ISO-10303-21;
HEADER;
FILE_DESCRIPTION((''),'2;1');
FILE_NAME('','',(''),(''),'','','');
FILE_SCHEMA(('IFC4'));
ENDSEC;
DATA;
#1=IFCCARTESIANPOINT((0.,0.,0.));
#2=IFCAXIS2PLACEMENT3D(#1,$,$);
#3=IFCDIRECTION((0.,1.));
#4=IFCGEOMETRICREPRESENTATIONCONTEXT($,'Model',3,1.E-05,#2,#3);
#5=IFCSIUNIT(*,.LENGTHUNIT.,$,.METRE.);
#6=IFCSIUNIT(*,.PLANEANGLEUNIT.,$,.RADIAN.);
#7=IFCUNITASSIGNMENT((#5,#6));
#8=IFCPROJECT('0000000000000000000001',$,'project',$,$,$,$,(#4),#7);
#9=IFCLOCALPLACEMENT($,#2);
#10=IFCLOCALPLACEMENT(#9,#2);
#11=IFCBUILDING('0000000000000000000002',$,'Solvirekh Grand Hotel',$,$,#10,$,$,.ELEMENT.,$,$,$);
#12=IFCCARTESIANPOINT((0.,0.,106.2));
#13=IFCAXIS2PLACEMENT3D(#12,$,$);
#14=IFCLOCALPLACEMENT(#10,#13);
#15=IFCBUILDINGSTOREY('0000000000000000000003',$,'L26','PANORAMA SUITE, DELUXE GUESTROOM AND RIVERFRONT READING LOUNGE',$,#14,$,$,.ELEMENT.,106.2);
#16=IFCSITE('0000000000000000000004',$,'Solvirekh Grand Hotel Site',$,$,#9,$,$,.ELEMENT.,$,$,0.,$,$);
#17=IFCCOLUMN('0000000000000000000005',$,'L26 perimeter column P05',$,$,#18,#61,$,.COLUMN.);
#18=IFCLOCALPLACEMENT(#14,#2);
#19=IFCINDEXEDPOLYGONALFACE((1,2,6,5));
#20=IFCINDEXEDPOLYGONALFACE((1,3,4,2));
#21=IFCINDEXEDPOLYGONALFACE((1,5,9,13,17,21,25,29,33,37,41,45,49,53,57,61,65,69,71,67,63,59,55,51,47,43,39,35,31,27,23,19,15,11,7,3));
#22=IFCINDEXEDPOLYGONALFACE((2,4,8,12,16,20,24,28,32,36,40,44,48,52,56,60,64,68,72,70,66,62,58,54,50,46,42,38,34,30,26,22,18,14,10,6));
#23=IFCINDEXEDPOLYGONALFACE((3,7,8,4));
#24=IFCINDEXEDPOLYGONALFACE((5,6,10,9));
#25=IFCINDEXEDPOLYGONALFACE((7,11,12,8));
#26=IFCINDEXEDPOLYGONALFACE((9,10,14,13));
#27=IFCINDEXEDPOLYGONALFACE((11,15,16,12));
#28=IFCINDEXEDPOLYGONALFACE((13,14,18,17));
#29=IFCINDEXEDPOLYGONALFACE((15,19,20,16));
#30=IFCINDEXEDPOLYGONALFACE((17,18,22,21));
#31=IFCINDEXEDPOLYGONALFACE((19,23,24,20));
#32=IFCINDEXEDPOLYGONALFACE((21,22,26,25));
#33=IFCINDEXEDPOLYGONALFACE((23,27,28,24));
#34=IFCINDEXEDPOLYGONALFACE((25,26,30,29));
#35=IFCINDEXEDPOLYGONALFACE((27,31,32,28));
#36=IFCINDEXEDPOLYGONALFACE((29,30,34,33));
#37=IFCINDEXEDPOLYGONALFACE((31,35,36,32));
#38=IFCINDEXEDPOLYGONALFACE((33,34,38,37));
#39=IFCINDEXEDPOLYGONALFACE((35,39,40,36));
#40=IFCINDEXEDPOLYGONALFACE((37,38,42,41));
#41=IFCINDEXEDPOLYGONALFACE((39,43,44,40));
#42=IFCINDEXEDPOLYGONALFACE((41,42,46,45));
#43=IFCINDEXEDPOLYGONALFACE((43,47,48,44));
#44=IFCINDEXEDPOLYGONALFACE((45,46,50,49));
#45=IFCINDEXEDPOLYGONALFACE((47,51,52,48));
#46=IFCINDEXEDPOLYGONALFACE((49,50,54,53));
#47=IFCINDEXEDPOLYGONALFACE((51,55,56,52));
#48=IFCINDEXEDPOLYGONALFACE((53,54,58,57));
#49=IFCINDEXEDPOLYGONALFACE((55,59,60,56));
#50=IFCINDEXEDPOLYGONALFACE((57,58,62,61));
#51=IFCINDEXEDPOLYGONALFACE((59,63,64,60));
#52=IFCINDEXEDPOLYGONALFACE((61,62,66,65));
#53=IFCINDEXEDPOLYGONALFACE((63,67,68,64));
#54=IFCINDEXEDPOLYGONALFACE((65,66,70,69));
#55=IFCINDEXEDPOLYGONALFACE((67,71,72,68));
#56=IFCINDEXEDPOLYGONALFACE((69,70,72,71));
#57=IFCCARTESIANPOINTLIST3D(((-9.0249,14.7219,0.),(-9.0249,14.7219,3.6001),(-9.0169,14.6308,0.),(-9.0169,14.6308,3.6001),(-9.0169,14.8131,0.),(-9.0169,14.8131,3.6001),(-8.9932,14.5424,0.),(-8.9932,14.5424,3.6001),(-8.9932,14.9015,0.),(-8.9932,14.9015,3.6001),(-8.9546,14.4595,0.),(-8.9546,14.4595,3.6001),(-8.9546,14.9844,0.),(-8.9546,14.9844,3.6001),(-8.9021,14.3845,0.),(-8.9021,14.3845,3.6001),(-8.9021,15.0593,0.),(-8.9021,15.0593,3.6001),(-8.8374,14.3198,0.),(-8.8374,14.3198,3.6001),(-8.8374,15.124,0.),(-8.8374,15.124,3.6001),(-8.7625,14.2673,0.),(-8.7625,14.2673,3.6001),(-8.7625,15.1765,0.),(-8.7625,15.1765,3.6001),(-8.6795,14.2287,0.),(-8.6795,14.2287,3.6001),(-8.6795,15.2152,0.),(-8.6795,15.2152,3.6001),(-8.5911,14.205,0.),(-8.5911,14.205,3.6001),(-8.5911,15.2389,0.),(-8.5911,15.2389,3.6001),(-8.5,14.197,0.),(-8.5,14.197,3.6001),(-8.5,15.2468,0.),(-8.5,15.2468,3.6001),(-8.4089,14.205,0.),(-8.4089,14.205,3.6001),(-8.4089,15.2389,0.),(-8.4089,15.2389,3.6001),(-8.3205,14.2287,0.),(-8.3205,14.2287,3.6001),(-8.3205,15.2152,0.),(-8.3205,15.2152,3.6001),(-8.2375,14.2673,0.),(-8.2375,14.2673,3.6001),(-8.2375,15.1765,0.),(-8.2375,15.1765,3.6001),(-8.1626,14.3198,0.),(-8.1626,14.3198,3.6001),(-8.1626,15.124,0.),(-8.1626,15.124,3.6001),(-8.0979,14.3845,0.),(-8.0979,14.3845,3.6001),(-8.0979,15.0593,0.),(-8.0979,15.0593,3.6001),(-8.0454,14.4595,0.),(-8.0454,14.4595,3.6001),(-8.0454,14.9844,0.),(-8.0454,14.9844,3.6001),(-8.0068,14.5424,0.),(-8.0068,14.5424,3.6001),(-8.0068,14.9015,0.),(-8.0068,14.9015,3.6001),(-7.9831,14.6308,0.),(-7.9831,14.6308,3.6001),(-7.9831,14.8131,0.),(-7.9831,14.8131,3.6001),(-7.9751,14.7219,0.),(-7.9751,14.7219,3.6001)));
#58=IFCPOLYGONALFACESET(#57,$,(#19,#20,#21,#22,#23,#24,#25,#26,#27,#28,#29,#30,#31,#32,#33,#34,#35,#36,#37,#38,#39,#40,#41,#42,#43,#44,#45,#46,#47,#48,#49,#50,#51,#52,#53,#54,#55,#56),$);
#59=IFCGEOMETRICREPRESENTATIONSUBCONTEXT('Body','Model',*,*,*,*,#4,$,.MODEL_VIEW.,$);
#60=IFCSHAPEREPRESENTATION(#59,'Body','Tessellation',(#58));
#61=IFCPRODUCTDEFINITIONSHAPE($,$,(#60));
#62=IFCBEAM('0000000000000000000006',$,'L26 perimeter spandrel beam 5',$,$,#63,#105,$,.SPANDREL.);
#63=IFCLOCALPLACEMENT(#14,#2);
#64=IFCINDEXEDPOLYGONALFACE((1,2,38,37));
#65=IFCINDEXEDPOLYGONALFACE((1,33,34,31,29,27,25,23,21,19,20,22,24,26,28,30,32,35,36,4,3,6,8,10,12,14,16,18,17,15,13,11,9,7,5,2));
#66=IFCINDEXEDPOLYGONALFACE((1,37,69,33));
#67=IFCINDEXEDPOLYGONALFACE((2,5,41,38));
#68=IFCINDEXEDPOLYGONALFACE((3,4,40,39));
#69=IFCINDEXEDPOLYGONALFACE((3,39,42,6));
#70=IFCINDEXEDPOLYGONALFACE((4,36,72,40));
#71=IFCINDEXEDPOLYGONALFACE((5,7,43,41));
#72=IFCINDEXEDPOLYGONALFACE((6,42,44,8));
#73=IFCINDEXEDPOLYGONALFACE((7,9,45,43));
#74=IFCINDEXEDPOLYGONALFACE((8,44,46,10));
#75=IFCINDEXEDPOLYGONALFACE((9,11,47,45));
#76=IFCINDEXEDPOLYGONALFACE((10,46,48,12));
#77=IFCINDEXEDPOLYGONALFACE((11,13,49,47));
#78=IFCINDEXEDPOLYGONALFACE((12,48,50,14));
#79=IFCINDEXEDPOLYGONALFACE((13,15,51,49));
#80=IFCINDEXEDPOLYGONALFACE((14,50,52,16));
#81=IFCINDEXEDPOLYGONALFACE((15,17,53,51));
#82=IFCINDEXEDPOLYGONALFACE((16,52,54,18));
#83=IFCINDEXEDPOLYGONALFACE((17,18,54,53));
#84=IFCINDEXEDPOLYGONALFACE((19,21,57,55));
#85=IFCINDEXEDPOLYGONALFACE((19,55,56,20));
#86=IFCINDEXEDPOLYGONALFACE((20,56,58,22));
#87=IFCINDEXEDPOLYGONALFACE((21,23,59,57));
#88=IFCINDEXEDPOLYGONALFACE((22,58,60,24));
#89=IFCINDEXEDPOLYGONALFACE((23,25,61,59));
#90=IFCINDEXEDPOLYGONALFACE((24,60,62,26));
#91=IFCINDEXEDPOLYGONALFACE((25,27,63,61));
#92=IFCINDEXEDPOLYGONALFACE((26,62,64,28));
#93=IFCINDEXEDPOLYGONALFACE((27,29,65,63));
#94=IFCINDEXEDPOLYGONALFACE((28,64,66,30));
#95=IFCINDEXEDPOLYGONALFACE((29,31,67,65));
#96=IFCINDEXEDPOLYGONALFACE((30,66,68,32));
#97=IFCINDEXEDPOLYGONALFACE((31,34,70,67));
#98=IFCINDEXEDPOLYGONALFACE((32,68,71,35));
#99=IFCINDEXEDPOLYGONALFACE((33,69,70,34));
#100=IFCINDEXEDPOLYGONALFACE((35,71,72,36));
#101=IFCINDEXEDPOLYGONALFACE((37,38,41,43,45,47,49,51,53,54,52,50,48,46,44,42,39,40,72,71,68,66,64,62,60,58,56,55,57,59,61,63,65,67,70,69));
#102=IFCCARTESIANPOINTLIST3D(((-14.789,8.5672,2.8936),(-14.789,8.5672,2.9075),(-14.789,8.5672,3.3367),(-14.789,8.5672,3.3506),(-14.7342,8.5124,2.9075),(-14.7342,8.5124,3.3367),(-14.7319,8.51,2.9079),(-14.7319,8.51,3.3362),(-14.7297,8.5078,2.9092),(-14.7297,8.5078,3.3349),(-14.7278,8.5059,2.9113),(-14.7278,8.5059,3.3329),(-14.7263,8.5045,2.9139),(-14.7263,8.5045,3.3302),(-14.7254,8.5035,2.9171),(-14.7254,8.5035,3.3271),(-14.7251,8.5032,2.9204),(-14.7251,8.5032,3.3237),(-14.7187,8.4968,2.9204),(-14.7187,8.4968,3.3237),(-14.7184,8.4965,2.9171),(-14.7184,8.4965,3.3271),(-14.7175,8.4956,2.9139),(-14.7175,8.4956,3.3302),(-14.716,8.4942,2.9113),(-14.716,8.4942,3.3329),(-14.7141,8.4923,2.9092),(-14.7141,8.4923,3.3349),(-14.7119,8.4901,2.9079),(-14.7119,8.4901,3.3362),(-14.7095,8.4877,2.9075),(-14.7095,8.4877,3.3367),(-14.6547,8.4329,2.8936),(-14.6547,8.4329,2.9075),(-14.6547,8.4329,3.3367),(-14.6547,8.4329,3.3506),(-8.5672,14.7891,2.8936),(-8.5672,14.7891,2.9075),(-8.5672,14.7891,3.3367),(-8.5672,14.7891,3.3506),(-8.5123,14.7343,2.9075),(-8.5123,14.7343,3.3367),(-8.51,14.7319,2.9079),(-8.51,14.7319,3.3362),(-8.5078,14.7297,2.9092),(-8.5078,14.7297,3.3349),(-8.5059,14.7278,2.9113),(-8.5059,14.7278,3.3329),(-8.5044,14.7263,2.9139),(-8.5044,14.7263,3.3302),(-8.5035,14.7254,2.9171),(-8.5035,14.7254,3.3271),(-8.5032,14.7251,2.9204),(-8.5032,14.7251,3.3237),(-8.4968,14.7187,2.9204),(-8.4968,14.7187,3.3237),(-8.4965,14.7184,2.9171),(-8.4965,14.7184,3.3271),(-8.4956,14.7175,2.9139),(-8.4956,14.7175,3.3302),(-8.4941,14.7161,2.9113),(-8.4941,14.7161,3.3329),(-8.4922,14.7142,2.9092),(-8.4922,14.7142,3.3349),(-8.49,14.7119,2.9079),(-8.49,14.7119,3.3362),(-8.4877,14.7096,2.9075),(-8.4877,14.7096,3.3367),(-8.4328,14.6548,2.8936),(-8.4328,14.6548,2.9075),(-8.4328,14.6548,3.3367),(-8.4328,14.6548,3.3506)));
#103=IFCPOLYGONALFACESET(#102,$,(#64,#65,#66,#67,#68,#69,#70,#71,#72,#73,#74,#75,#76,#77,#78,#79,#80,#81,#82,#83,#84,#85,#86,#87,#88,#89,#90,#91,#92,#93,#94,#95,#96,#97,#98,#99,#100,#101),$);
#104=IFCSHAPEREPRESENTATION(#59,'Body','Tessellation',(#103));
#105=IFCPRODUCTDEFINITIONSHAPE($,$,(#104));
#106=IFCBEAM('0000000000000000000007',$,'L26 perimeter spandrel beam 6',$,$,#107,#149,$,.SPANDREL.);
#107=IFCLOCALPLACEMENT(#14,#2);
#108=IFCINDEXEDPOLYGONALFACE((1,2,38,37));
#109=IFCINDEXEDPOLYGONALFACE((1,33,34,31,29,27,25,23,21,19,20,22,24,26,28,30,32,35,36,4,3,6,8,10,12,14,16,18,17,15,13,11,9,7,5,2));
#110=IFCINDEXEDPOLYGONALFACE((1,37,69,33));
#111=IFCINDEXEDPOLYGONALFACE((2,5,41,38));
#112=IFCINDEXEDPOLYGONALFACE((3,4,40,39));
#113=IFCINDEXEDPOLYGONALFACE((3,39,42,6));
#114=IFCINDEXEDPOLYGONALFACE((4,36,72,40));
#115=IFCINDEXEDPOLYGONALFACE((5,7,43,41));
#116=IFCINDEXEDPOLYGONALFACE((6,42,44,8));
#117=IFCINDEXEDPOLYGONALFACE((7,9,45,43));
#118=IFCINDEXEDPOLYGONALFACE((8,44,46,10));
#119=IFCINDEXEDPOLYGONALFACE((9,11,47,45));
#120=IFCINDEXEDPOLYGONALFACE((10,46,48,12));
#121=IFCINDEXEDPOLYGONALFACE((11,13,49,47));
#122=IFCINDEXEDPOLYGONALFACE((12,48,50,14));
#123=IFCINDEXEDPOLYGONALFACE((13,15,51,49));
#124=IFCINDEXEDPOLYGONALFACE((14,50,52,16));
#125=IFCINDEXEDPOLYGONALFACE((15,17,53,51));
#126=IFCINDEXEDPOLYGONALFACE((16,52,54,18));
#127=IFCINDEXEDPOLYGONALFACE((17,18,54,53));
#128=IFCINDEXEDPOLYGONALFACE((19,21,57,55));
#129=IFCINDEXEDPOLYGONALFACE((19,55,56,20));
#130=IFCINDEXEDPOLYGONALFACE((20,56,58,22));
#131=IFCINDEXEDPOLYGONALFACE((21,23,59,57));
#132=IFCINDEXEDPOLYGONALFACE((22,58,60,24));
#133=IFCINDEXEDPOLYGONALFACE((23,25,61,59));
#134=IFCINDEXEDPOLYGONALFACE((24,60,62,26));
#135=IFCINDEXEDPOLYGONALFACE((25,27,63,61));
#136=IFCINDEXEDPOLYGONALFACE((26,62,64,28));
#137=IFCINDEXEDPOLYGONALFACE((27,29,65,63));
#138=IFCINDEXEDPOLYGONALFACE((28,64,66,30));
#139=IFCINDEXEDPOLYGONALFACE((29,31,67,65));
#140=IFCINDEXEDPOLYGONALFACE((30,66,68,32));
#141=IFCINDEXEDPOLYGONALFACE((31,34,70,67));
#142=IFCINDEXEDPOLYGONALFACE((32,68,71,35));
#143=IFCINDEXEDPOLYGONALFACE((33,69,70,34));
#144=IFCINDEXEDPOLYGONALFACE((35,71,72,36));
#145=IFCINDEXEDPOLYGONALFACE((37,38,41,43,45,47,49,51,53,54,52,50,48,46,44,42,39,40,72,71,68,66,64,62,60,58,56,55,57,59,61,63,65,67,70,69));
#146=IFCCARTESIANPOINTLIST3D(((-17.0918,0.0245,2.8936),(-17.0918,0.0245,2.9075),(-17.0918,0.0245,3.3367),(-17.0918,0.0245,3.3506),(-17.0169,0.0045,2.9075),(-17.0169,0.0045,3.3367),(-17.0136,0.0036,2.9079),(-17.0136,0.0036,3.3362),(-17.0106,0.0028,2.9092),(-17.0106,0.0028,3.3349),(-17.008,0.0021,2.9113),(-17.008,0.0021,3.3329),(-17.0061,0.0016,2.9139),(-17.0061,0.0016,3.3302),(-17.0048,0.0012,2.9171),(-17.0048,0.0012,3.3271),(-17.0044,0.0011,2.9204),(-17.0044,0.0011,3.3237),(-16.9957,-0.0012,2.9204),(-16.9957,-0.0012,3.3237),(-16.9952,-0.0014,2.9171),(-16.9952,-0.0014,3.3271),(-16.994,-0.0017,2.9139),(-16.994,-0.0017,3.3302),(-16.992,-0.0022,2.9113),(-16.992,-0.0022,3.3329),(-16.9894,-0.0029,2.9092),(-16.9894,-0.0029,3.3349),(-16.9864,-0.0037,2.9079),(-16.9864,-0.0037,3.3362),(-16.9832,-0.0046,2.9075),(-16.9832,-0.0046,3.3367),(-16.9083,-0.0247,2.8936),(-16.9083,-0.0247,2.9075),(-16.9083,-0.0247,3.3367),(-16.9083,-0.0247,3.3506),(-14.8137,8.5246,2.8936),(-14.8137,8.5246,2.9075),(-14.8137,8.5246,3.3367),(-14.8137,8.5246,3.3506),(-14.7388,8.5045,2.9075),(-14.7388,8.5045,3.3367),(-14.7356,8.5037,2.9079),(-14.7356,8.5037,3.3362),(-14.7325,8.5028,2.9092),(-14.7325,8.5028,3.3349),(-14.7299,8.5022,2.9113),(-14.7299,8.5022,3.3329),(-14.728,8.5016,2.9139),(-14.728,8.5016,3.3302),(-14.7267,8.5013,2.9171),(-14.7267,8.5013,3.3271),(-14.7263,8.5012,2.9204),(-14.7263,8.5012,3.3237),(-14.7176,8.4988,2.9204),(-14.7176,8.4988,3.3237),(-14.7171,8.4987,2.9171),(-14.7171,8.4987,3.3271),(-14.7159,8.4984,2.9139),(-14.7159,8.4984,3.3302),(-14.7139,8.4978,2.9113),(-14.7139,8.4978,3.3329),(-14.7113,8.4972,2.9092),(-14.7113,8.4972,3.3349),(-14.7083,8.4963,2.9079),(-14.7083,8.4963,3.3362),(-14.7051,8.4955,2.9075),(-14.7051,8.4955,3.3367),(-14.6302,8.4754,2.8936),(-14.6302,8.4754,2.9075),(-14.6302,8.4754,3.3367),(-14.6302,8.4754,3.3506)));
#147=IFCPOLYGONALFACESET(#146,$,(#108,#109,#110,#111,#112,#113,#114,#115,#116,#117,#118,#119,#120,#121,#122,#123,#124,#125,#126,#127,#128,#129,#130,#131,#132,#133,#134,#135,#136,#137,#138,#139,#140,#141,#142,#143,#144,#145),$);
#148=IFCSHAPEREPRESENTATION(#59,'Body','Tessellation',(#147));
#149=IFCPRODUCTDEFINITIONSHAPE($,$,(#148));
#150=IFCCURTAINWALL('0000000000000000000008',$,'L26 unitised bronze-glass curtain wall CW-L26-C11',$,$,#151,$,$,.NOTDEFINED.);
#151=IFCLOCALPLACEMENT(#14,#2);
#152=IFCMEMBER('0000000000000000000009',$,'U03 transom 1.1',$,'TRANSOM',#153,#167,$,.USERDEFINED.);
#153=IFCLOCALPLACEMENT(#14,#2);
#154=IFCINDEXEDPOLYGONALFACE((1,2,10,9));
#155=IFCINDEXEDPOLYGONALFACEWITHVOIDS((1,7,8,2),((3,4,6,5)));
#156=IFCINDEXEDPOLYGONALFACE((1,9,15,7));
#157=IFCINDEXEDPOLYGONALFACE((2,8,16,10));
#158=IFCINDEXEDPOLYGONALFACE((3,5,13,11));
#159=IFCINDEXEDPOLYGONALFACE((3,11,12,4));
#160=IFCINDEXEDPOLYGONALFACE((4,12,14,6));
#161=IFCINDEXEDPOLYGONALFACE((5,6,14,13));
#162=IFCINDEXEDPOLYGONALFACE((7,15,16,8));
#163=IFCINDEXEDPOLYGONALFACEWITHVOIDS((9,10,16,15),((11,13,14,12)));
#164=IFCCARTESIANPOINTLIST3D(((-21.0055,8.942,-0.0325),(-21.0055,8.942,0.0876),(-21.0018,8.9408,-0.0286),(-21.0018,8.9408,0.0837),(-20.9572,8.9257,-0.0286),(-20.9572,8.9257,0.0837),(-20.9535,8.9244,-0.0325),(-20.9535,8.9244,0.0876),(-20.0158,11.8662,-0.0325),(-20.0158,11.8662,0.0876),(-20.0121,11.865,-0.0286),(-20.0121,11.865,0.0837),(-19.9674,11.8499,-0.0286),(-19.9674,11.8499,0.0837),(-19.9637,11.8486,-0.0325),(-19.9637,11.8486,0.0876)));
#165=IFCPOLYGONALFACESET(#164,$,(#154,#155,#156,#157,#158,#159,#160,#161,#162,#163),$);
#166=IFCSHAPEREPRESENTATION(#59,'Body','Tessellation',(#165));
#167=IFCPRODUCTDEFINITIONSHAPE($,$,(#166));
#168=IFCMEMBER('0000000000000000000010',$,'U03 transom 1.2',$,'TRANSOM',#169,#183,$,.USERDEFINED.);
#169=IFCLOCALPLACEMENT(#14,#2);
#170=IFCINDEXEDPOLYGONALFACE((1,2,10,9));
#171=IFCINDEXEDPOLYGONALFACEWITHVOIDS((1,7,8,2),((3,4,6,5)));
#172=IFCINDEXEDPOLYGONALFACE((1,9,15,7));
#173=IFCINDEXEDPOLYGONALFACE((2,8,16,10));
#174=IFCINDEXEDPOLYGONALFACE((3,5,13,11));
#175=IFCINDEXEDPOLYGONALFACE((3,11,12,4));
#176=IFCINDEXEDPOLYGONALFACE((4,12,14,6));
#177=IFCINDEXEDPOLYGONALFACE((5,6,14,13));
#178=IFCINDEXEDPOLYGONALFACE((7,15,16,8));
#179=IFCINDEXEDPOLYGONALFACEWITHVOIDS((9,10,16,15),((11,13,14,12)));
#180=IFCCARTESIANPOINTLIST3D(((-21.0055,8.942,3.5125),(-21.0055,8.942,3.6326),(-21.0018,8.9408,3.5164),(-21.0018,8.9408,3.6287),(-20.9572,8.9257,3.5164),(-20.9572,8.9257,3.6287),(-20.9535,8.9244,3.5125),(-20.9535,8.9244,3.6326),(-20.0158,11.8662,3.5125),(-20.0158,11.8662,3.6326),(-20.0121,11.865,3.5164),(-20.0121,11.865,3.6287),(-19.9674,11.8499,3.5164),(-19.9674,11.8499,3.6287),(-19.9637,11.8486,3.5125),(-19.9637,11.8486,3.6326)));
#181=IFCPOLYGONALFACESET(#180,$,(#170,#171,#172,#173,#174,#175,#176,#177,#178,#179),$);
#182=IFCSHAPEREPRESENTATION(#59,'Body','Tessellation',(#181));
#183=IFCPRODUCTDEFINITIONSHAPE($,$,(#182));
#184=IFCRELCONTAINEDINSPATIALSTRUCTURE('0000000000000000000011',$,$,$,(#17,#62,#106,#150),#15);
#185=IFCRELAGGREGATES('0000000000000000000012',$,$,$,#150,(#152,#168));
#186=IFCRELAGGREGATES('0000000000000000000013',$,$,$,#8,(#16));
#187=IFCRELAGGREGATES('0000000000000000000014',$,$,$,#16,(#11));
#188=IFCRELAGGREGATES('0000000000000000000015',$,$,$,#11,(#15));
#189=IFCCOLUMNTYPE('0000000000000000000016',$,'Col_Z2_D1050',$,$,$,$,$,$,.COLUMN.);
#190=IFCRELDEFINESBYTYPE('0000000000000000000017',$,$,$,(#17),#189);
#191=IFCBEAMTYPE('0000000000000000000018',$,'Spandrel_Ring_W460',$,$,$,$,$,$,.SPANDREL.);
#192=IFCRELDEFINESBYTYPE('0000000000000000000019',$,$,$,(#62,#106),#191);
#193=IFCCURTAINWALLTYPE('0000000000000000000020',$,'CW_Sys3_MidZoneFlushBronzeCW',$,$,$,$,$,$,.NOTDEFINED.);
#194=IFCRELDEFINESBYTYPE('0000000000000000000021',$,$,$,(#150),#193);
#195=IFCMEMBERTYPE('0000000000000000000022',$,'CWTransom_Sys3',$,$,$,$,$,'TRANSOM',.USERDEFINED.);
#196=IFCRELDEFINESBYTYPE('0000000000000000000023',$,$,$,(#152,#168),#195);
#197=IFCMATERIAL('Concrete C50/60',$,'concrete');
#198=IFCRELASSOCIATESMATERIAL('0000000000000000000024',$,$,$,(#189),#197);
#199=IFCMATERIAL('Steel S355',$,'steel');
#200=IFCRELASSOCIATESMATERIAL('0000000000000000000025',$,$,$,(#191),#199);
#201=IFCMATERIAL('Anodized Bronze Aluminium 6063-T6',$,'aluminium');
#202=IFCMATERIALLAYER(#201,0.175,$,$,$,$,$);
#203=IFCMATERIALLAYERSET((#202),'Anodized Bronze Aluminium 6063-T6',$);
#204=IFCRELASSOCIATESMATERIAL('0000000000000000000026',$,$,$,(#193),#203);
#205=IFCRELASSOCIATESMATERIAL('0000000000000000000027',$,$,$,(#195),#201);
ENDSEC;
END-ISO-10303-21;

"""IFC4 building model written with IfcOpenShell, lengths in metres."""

from ifc_helpers import new_model, si_unit, direction, frame, origin, origin_2d, place, context, subcontext, project, spatial, hollow_rectangle, circle, i_section, extrude, source, transform, mapped, material, layer, layer_set, material_profile, profile_set, type_object, element, aggregate, save


model = new_model("IFC4")

# Units and contexts
model_context = context("Model", 3, precision=1e-05, world=origin(), true_north=direction((0.0, 1.0)))
body_context = subcontext(model_context, "Body", "Model", "MODEL_VIEW")
ifc_project = project(units=[si_unit("LENGTHUNIT", "METRE"), si_unit("PLANEANGLEUNIT", "RADIAN")], contexts=[model_context])

# Site, building, storey
site_placement = place(None, origin())
site = spatial("IfcSite", under=ifc_project, at=site_placement, Name="Solvirekh Grand Hotel Site", CompositionType="ELEMENT", RefElevation=0.0)
building_placement = place(site_placement, origin())
building = spatial("IfcBuilding", under=site, at=building_placement, Name="Solvirekh Grand Hotel", CompositionType="ELEMENT")
storey_placement = place(building_placement, frame((0.0, 0.0, 106.2)))
storey = spatial("IfcBuildingStorey", under=building, at=storey_placement, Name="L26", Description="PANORAMA SUITE, DELUXE GUESTROOM AND RIVERFRONT READING LOUNGE", CompositionType="ELEMENT", Elevation=106.2)

# Column
ifc_material_1 = material(Name="Concrete C50/60", Category="concrete")
ifc_material_profile_1 = material_profile(ifc_material_1, circle(Radius=0.5249, at=origin_2d()), Name="RC CIRC D1050")
ifc_profile_set_1 = profile_set([ifc_material_profile_1], Name="Concrete C50/60")
column_type = type_object("IfcColumnType", Name="Col_Z2_D1050", PredefinedType="COLUMN", material=ifc_profile_set_1)
column_placement = place(storey_placement, frame((-8.5, 14.7219, 0.0), z_axis=(0.0, 0.0, 1.0), x_axis=(1.0, 0.0, 0.0)))
element("IfcColumn", 1, at=column_placement, inside=storey, type_object=column_type, Name="L26 perimeter column P05", PredefinedType="COLUMN", context=body_context, shape_type="SweptSolid", body=[
    extrude(circle(Radius=0.5249, at=origin_2d()), origin(), (0.0, 0.0, 1.0), 3.6001),
])

# Beams
ifc_material_2 = material(Name="Steel S355", Category="steel")
ifc_material_profile_2 = material_profile(ifc_material_2, i_section(OverallWidth=0.1899, OverallDepth=0.457, WebThickness=0.009, FlangeThickness=0.0139, FilletRadius=0.0129, at=origin_2d()), Name="W460X74")
ifc_profile_set_2 = profile_set([ifc_material_profile_2], Name="Steel S355")
beam_type = type_object("IfcBeamType", Name="Spandrel_Ring_W460", PredefinedType="SPANDREL", material=ifc_profile_set_2)
beam_1_placement = place(storey_placement, frame((-8.5, 14.7219, 3.1221), z_axis=(-0.707107, -0.707107, 0.0), x_axis=(0.707107, -0.707107, 0.0)))
element("IfcBeam", 2, at=beam_1_placement, inside=storey, type_object=beam_type, Name="L26 perimeter spandrel beam 5", PredefinedType="SPANDREL", context=body_context, shape_type="SweptSolid", body=[
    extrude(i_section(OverallWidth=0.1899, OverallDepth=0.457, WebThickness=0.009, FlangeThickness=0.0139, FilletRadius=0.0129, at=origin_2d()), origin(), (0.0, 0.0, 1.0), 8.7991),
])
beam_2_placement = place(storey_placement, frame((-14.7219, 8.5, 3.1221), z_axis=(-0.258873, -0.965911, 0.0), x_axis=(0.965911, -0.258873, 0.0)))
element("IfcBeam", 3, at=beam_2_placement, inside=storey, type_object=beam_type, Name="L26 perimeter spandrel beam 6", PredefinedType="SPANDREL", context=body_context, shape_type="SweptSolid", body=[
    extrude(i_section(OverallWidth=0.1899, OverallDepth=0.457, WebThickness=0.009, FlangeThickness=0.0139, FilletRadius=0.0129, at=origin_2d()), origin(), (0.0, 0.0, 1.0), 8.8),
])

# Curtain wall, members
ifc_material_3 = material(Name="Anodized Bronze Aluminium 6063-T6", Category="aluminium")
ifc_layer_1 = layer(ifc_material_3, 0.175)
ifc_layer_set_1 = layer_set([ifc_layer_1], Name="Anodized Bronze Aluminium 6063-T6")
curtain_wall_type = type_object("IfcCurtainWallType", Name="CW_Sys3_MidZoneFlushBronzeCW", PredefinedType="NOTDEFINED", material=ifc_layer_set_1)
curtain_wall_1_placement = place(storey_placement, origin())
curtain_wall_1 = element("IfcCurtainWall", 4, at=curtain_wall_1_placement, inside=storey, type_object=curtain_wall_type, Name="L26 unitised bronze-glass curtain wall CW-L26-C11", PredefinedType="NOTDEFINED")
ifc_material_profile_3 = material_profile(ifc_material_3, hollow_rectangle(XDim=0.0549, YDim=0.1201, WallThickness=0.0039, at=origin_2d()), Name="ALU RHS 120X55X4")
ifc_profile_set_3 = profile_set([ifc_material_profile_3], Name="Anodized Bronze Aluminium 6063-T6")
member_type_1 = type_object("IfcMemberType", Name="CWTransom_Sys3", ElementType="TRANSOM", PredefinedType="USERDEFINED", material=ifc_profile_set_3)
shared_shape_1 = source(origin(), body_context, "Body", "SweptSolid", [
    extrude(hollow_rectangle(XDim=0.0549, YDim=0.1201, WallThickness=0.0039, at=origin_2d()), origin(), (0.0, 0.0, 1.0), 3.0872),
])
member_1_placement = place(storey_placement, frame((-19.9897, 11.8574, 0.0276), z_axis=(-0.320614, -0.94721, 0.0), x_axis=(0.94721, -0.320614, 0.0)))
member_1 = element("IfcMember", 5, at=member_1_placement, type_object=member_type_1, Name="U03 transom 1.1", ObjectType="TRANSOM", PredefinedType="USERDEFINED", context=body_context, shape_type="MappedRepresentation", body=[
    mapped(shared_shape_1, transform((0.0, 0.0, 0.0), x_axis=(1.0, 0.0, 0.0), y_axis=(0.0, 1.0, 0.0), z_axis=(0.0, 0.0, 1.0), scale=1.0)),
])
member_2_placement = place(storey_placement, frame((-19.9897, 11.8574, 3.5725), z_axis=(-0.320614, -0.94721, 0.0), x_axis=(0.94721, -0.320614, 0.0)))
member_2 = element("IfcMember", 6, at=member_2_placement, type_object=member_type_1, Name="U03 transom 1.2", ObjectType="TRANSOM", PredefinedType="USERDEFINED", context=body_context, shape_type="MappedRepresentation", body=[
    mapped(shared_shape_1, transform((0.0, 0.0, 0.0), x_axis=(1.0, 0.0, 0.0), y_axis=(0.0, 1.0, 0.0), z_axis=(0.0, 0.0, 1.0), scale=1.0)),
])

aggregate(curtain_wall_1, [member_1, member_2])

save(model, "model.ifc")
